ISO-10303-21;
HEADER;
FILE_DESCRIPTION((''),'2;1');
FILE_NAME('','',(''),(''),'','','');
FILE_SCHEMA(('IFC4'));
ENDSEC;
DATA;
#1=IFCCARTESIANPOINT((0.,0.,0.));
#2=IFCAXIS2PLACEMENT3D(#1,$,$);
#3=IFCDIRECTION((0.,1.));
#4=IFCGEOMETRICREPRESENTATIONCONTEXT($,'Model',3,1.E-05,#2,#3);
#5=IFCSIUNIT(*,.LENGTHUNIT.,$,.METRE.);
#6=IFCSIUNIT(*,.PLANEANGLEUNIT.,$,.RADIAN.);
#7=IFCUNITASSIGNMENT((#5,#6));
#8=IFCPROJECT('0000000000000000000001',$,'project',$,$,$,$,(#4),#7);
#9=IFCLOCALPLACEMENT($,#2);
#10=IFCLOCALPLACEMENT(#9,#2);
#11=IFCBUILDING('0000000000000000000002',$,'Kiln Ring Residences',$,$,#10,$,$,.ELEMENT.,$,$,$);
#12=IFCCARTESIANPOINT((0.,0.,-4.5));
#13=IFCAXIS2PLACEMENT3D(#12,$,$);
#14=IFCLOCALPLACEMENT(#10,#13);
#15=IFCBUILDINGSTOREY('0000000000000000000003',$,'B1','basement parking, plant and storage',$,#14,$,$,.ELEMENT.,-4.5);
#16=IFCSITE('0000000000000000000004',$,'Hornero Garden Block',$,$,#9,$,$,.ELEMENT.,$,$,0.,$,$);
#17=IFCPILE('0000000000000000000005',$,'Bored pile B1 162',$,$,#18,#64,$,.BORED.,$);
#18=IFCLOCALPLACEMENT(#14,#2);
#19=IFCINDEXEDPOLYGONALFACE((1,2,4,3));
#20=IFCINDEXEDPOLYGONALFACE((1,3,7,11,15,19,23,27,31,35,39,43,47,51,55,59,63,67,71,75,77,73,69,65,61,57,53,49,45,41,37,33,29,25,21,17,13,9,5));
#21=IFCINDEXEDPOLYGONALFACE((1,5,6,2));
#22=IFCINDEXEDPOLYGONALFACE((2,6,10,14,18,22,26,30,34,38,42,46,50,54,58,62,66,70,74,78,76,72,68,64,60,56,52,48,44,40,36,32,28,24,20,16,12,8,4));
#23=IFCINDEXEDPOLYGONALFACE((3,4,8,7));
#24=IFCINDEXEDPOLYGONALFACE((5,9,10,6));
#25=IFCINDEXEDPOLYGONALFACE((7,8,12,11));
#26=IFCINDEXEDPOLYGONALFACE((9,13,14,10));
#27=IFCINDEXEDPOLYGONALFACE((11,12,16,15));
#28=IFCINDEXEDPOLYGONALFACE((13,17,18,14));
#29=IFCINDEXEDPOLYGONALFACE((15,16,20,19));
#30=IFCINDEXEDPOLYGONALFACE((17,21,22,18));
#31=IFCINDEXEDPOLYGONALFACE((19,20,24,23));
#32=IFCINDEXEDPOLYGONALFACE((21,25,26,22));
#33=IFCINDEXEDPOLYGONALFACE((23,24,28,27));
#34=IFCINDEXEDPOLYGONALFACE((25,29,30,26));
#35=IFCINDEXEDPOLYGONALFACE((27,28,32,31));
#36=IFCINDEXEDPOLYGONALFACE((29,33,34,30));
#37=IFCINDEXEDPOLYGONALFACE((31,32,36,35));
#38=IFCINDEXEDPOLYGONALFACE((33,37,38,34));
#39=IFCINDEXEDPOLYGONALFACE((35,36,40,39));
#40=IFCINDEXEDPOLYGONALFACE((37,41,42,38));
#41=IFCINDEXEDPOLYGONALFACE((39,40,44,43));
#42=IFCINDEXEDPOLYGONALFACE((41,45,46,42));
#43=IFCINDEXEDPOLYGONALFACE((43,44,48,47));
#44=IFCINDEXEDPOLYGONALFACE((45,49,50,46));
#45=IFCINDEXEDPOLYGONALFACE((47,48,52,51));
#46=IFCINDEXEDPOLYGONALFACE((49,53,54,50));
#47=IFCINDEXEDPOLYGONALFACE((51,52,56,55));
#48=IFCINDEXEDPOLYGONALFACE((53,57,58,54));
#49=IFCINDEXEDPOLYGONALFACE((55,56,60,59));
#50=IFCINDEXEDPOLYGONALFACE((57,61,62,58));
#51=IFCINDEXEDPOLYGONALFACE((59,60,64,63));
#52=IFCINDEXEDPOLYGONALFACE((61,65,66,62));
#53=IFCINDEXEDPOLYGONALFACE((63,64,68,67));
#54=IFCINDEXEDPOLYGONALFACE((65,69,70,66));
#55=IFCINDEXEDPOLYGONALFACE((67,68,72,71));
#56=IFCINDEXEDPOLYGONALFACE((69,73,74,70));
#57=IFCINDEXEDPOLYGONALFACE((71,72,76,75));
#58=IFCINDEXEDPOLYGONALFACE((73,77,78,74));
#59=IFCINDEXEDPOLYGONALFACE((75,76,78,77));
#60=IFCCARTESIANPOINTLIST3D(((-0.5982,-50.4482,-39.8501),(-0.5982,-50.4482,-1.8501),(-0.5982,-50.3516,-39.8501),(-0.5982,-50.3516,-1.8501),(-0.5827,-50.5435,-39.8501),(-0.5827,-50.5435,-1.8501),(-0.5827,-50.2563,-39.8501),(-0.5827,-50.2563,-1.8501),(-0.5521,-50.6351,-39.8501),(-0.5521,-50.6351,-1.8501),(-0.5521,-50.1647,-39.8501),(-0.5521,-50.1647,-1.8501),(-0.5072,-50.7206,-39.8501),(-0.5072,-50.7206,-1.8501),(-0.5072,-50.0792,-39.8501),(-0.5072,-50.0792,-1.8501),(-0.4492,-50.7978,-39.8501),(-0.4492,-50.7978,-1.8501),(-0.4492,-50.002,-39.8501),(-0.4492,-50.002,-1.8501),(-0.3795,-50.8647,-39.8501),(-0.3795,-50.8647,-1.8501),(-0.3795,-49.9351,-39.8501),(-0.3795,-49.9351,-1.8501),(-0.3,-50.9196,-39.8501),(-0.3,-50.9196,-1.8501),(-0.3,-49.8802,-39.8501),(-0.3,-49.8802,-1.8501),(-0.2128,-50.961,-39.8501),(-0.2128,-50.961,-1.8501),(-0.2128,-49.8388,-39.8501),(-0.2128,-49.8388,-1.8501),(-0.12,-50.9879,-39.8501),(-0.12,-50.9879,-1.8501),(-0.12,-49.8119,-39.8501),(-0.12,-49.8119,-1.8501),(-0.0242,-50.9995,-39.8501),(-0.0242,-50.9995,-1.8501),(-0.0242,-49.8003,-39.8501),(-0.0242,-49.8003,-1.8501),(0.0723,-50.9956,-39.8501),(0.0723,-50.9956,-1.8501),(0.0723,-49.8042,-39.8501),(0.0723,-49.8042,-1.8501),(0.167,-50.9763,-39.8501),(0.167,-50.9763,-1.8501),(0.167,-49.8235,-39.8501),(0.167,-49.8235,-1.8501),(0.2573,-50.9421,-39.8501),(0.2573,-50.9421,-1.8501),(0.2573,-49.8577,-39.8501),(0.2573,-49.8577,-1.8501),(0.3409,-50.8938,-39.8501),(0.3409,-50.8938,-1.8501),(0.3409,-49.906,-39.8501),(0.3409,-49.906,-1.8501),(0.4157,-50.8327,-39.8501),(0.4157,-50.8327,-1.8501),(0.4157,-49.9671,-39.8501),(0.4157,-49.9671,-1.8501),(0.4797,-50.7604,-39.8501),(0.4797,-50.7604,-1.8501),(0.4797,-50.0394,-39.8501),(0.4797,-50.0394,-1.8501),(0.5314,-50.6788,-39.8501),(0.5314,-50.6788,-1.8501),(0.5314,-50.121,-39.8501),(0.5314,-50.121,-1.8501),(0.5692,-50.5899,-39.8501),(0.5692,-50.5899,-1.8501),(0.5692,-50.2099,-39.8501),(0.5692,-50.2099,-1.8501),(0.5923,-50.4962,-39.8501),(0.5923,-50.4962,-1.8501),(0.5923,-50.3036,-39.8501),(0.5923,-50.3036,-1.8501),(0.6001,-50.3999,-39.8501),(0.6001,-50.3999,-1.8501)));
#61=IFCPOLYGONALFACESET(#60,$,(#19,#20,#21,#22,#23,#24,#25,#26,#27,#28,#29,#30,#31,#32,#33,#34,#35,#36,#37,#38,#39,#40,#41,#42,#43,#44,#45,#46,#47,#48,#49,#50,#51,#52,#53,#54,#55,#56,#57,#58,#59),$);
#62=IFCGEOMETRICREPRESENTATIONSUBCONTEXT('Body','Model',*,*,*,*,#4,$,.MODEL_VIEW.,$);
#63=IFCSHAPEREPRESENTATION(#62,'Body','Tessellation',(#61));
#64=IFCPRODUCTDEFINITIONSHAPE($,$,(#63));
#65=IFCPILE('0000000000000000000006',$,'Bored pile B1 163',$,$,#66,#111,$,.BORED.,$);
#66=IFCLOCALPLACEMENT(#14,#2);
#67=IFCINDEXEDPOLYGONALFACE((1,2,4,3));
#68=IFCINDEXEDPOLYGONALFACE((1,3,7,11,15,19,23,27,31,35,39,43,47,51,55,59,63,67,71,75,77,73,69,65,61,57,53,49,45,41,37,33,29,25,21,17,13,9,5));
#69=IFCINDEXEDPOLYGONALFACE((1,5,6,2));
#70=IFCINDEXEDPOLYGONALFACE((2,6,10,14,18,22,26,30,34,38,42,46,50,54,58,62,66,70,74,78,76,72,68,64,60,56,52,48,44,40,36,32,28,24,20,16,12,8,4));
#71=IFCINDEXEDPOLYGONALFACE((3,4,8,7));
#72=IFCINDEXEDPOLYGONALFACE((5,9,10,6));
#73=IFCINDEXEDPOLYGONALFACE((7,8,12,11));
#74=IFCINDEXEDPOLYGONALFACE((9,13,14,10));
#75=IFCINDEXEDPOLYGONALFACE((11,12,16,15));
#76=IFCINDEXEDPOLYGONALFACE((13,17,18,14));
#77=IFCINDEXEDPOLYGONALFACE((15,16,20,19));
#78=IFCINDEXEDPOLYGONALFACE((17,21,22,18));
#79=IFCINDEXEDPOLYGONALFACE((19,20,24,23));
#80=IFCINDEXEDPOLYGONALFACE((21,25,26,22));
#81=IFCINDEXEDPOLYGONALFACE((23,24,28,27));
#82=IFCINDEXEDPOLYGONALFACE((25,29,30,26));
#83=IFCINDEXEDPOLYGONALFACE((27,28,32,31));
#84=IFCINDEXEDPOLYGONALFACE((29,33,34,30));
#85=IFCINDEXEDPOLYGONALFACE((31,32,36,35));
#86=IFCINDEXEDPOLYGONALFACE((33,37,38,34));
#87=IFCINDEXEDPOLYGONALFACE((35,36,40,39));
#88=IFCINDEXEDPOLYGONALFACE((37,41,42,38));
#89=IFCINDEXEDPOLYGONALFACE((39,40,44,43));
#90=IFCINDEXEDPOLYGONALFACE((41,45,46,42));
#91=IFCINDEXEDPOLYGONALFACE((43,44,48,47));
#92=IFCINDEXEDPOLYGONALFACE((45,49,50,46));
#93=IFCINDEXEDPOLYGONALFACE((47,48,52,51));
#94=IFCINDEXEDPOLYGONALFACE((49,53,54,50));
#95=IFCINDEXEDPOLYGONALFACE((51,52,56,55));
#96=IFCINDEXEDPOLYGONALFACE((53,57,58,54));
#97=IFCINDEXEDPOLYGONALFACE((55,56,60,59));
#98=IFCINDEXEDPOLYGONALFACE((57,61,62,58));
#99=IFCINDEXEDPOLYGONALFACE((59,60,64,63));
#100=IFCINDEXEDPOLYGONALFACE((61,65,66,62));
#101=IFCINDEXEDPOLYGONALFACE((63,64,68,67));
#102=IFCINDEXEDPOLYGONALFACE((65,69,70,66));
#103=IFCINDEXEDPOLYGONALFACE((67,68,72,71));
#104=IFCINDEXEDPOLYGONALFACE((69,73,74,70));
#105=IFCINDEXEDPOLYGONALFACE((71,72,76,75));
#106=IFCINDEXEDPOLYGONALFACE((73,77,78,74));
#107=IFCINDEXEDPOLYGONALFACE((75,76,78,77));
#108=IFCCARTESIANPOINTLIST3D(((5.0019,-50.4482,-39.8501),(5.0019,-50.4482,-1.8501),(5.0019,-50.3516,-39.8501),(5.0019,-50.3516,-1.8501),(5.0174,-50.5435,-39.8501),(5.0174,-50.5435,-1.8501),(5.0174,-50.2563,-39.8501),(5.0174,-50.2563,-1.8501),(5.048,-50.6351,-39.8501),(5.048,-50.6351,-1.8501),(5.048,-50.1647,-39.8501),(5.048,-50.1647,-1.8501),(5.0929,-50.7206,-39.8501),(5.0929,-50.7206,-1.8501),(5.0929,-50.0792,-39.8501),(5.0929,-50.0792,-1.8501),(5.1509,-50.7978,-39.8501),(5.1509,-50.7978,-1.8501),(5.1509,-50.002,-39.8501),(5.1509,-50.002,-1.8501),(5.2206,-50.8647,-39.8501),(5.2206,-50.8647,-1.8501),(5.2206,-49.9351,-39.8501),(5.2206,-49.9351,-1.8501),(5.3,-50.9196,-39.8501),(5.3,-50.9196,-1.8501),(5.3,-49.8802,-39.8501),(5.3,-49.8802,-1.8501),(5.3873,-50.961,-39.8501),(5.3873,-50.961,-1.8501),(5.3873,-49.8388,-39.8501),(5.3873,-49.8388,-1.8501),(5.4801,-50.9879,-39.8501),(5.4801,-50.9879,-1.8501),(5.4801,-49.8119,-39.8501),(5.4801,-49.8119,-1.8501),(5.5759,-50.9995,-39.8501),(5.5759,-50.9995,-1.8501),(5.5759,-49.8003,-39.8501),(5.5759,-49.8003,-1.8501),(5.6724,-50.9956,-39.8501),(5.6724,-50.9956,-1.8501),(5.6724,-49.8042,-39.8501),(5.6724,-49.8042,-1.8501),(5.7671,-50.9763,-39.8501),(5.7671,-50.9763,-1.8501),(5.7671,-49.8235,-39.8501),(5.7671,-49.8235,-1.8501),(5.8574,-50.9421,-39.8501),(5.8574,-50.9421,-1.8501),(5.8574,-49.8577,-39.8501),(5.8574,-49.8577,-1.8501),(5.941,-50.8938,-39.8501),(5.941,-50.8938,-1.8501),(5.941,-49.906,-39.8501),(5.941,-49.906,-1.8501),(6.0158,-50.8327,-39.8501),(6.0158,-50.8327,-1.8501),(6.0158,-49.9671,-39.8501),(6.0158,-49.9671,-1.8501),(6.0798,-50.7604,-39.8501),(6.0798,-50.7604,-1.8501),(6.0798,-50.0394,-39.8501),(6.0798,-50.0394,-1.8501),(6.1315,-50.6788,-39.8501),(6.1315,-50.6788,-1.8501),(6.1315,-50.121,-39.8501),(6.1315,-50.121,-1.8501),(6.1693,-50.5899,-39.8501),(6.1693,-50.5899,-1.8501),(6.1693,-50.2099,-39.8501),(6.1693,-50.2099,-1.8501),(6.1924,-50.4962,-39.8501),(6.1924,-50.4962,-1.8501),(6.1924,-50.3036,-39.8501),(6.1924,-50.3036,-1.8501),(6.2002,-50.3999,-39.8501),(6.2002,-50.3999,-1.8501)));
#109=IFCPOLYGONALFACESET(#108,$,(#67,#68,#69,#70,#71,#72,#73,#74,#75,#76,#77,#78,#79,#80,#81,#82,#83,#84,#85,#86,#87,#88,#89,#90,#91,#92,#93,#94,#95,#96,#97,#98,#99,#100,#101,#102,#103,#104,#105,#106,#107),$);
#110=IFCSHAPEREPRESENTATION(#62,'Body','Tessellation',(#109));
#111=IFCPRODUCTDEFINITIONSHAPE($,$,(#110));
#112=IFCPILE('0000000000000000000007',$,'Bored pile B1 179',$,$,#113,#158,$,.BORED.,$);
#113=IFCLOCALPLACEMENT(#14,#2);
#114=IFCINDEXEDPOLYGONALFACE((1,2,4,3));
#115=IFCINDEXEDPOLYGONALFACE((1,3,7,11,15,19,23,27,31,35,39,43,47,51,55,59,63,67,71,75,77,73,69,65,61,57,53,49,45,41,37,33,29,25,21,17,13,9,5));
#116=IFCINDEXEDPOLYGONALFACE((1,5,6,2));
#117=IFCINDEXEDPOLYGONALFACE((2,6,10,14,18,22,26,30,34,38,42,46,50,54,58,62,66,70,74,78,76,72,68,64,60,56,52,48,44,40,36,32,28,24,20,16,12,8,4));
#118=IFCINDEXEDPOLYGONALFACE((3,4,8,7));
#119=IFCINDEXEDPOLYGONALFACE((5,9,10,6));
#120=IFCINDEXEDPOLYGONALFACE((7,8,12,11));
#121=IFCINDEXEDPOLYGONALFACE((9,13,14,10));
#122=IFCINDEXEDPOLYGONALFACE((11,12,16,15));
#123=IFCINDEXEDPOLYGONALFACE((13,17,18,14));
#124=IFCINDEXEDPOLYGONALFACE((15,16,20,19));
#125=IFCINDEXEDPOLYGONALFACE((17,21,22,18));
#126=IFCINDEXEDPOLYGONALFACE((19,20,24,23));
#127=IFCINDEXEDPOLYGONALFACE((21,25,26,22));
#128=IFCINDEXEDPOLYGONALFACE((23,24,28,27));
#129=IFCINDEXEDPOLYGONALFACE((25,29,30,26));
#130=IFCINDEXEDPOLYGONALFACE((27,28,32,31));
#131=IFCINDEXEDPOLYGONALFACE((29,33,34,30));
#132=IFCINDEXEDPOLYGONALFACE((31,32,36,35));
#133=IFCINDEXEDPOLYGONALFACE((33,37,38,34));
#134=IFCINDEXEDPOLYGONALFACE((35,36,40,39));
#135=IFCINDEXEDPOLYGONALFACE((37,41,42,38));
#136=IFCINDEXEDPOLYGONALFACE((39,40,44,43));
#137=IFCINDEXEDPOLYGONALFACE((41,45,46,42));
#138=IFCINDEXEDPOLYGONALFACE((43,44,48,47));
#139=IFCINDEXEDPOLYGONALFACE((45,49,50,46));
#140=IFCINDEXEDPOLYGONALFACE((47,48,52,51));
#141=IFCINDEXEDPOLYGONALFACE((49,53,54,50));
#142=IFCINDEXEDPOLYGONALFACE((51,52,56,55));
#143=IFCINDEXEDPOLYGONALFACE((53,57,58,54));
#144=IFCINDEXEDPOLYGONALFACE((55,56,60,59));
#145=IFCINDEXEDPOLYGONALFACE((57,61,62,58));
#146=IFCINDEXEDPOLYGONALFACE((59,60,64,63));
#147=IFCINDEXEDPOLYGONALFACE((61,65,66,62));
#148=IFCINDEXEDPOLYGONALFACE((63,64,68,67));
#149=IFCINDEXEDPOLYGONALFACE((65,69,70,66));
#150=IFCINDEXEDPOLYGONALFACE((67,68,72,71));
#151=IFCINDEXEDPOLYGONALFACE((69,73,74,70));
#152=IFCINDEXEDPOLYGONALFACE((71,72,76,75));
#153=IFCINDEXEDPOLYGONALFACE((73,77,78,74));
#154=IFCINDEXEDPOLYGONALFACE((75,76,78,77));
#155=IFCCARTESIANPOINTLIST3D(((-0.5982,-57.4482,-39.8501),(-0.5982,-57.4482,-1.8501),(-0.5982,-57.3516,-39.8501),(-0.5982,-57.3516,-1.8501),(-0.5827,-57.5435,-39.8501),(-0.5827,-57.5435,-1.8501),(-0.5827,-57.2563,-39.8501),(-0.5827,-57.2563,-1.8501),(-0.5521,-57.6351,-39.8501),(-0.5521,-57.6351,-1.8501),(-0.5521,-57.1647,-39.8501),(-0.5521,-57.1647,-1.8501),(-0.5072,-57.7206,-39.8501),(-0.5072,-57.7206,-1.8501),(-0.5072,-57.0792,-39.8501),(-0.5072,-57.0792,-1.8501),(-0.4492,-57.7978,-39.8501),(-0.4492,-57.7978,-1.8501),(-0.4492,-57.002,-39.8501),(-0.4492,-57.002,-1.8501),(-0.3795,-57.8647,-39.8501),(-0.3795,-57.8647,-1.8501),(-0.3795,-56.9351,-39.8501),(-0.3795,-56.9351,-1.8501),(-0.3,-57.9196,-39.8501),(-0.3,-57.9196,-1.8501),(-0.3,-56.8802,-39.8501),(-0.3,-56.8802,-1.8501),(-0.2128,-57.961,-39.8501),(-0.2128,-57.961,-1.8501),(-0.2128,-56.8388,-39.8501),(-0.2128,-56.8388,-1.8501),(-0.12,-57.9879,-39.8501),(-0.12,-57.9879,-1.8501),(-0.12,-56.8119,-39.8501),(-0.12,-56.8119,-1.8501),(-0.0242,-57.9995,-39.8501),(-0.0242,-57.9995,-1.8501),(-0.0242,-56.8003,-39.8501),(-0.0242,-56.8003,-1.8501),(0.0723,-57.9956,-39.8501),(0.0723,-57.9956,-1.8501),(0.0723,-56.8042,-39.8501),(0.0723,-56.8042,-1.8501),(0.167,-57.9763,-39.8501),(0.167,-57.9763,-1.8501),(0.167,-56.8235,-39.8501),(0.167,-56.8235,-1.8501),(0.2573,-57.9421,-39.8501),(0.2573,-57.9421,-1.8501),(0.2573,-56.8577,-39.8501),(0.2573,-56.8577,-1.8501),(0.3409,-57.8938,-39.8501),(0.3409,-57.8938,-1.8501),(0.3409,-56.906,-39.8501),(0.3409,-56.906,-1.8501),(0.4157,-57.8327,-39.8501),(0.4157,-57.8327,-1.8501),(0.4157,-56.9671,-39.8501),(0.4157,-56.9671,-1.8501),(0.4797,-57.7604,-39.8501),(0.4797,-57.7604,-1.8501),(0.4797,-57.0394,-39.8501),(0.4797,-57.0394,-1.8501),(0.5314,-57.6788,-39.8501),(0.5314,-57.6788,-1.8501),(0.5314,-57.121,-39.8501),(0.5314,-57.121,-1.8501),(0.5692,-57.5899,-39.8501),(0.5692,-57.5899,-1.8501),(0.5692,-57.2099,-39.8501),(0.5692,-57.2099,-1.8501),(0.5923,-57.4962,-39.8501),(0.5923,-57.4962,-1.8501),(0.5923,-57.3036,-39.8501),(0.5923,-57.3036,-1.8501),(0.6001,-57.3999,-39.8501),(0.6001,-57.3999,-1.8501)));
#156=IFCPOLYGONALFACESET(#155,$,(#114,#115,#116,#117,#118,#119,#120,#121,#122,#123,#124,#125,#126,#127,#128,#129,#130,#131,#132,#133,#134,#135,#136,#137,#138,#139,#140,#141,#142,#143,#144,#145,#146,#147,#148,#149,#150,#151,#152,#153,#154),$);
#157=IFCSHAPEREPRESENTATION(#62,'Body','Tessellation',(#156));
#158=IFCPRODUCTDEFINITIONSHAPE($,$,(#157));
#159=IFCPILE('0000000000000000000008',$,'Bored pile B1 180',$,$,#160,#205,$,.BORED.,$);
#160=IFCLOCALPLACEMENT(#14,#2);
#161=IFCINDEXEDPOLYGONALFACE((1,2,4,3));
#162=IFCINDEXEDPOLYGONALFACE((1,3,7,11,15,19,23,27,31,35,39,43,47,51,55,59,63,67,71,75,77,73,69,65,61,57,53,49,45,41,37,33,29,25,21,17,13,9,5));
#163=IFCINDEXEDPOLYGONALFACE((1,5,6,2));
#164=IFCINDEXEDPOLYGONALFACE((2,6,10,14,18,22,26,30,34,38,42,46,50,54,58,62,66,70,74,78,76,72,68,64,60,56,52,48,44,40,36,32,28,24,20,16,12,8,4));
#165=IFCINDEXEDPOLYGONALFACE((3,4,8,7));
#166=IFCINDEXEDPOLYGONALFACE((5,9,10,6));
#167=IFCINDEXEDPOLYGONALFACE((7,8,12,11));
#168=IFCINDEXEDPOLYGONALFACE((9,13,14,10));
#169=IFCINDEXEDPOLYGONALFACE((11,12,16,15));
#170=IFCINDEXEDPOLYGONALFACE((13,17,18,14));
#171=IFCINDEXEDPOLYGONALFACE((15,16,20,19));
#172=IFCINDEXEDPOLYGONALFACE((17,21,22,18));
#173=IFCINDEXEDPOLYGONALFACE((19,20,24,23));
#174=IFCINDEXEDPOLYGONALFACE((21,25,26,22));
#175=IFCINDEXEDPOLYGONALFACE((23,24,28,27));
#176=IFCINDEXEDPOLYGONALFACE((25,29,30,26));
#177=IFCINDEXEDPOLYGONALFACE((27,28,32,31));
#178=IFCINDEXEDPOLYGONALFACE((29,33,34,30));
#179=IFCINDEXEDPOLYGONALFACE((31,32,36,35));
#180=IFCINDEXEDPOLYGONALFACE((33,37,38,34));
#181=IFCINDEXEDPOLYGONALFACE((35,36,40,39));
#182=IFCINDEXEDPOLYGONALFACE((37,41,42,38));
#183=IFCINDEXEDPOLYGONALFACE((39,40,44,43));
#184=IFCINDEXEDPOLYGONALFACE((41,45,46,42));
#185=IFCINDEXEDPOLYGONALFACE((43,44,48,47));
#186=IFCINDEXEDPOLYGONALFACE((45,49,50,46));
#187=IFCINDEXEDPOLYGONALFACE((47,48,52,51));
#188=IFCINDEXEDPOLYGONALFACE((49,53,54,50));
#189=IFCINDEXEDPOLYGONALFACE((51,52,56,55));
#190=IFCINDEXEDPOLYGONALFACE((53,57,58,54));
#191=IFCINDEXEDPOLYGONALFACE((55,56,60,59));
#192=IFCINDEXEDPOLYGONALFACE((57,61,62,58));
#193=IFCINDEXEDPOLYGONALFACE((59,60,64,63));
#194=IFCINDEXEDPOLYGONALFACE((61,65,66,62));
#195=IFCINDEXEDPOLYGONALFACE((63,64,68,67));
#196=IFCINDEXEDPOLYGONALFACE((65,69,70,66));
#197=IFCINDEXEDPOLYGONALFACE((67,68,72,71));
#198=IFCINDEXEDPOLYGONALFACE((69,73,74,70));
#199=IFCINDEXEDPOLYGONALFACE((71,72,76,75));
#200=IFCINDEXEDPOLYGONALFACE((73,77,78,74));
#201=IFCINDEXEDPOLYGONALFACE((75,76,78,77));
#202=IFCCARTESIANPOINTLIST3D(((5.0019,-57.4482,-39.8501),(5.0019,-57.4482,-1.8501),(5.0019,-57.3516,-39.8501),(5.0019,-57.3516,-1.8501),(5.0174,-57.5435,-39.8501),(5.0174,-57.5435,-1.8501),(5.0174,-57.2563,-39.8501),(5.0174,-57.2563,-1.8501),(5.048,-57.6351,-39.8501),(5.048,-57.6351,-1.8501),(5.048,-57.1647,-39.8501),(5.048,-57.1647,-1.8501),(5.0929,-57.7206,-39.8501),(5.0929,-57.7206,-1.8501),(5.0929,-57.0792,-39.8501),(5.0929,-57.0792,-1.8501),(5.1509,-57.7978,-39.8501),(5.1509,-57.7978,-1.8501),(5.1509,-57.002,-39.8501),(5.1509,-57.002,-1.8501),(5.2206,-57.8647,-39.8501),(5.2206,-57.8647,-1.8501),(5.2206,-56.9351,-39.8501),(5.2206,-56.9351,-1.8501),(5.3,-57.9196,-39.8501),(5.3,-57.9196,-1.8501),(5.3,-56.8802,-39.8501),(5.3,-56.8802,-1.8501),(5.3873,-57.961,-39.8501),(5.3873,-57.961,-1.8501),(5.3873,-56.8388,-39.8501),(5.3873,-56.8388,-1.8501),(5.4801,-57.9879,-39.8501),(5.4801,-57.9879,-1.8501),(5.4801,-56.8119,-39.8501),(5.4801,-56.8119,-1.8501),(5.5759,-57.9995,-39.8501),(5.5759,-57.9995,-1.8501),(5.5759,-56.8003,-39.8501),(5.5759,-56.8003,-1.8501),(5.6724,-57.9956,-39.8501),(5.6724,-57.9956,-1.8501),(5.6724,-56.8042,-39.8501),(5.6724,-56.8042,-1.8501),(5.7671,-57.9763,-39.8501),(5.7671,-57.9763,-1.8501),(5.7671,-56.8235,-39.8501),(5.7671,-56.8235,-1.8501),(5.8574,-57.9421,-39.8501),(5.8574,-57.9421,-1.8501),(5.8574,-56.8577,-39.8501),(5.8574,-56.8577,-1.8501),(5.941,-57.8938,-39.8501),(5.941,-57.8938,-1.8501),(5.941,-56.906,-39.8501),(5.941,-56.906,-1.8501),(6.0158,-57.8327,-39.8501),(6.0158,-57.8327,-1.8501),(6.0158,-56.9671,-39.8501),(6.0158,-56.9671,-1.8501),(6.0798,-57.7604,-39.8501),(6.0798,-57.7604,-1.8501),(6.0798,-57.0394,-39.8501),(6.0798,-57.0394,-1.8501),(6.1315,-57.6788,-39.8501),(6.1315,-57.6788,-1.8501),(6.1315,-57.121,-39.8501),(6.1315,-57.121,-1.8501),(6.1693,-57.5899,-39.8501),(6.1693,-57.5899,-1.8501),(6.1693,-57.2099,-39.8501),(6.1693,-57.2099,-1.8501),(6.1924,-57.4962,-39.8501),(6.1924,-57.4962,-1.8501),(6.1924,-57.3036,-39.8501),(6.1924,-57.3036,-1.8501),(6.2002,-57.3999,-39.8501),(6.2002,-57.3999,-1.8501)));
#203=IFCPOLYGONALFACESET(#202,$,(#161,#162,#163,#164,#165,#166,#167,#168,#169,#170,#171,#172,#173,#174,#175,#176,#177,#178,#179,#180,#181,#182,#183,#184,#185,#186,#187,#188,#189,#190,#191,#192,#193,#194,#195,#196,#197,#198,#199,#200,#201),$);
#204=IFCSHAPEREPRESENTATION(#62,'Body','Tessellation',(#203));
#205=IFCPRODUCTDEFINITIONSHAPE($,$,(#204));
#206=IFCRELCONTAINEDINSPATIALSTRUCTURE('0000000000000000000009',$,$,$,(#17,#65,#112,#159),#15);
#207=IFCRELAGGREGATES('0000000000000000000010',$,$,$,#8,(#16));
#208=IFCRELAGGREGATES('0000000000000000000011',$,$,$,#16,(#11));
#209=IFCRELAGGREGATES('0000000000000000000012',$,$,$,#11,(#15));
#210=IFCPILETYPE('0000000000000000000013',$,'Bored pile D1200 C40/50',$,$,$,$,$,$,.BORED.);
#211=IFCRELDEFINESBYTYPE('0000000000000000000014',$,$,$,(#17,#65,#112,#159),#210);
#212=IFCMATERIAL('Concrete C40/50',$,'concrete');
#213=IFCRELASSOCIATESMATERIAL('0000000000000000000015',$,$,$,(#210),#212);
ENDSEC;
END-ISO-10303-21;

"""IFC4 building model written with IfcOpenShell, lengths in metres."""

from ifc_helpers import new_model, si_unit, direction, frame, origin, origin_2d, place, context, subcontext, project, spatial, circle, extrude, material, material_profile, profile_set, type_object, element, save


model = new_model("IFC4")

# Units and contexts
model_context = context("Model", 3, precision=1e-05, world=origin(), true_north=direction((0.0, 1.0)))
body_context = subcontext(model_context, "Body", "Model", "MODEL_VIEW")
ifc_project = project(units=[si_unit("LENGTHUNIT", "METRE"), si_unit("PLANEANGLEUNIT", "RADIAN")], contexts=[model_context])

# Site, building, storey
site_placement = place(None, origin())
site = spatial("IfcSite", under=ifc_project, at=site_placement, Name="Hornero Garden Block", CompositionType="ELEMENT", RefElevation=0.0)
building_placement = place(site_placement, origin())
building = spatial("IfcBuilding", under=site, at=building_placement, Name="Kiln Ring Residences", CompositionType="ELEMENT")
storey_placement = place(building_placement, frame((0.0, 0.0, -4.5)))
storey = spatial("IfcBuildingStorey", under=building, at=storey_placement, Name="B1", Description="basement parking, plant and storage", CompositionType="ELEMENT", Elevation=-4.5)

# Piles
ifc_material_1 = material(Name="Concrete C40/50", Category="concrete")
ifc_material_profile_1 = material_profile(ifc_material_1, circle(Radius=0.6001, at=origin_2d()), Name="BORED1200")
ifc_profile_set_1 = profile_set([ifc_material_profile_1], Name="Concrete C40/50")
pile_type = type_object("IfcPileType", Name="Bored pile D1200 C40/50", PredefinedType="BORED", material=ifc_profile_set_1)
for number, where, z_axis, x_axis, name in (
    (1, (0.0, -50.3999, -1.8501), (0.0, 0.0, -1.0), (1.0, 0.0, 0.0), "Bored pile B1 162"),
    (2, (5.6001, -50.3999, -1.8501), (0.0, 0.0, -1.0), (1.0, 0.0, 0.0), "Bored pile B1 163"),
    (3, (0.0, -57.3999, -1.8501), (0.0, 0.0, -1.0), (1.0, 0.0, 0.0), "Bored pile B1 179"),
    (4, (5.6001, -57.3999, -1.8501), (0.0, 0.0, -1.0), (1.0, 0.0, 0.0), "Bored pile B1 180"),
):
    element("IfcPile", number, at=place(storey_placement, frame(where, z_axis=z_axis, x_axis=x_axis)), inside=storey, type_object=pile_type, Name=name, PredefinedType="BORED", context=body_context, shape_type="SweptSolid", body=[
        extrude(circle(Radius=0.6001, at=origin_2d()), origin(), (0.0, 0.0, 1.0), 38.0),
    ])

save(model, "model.ifc")
